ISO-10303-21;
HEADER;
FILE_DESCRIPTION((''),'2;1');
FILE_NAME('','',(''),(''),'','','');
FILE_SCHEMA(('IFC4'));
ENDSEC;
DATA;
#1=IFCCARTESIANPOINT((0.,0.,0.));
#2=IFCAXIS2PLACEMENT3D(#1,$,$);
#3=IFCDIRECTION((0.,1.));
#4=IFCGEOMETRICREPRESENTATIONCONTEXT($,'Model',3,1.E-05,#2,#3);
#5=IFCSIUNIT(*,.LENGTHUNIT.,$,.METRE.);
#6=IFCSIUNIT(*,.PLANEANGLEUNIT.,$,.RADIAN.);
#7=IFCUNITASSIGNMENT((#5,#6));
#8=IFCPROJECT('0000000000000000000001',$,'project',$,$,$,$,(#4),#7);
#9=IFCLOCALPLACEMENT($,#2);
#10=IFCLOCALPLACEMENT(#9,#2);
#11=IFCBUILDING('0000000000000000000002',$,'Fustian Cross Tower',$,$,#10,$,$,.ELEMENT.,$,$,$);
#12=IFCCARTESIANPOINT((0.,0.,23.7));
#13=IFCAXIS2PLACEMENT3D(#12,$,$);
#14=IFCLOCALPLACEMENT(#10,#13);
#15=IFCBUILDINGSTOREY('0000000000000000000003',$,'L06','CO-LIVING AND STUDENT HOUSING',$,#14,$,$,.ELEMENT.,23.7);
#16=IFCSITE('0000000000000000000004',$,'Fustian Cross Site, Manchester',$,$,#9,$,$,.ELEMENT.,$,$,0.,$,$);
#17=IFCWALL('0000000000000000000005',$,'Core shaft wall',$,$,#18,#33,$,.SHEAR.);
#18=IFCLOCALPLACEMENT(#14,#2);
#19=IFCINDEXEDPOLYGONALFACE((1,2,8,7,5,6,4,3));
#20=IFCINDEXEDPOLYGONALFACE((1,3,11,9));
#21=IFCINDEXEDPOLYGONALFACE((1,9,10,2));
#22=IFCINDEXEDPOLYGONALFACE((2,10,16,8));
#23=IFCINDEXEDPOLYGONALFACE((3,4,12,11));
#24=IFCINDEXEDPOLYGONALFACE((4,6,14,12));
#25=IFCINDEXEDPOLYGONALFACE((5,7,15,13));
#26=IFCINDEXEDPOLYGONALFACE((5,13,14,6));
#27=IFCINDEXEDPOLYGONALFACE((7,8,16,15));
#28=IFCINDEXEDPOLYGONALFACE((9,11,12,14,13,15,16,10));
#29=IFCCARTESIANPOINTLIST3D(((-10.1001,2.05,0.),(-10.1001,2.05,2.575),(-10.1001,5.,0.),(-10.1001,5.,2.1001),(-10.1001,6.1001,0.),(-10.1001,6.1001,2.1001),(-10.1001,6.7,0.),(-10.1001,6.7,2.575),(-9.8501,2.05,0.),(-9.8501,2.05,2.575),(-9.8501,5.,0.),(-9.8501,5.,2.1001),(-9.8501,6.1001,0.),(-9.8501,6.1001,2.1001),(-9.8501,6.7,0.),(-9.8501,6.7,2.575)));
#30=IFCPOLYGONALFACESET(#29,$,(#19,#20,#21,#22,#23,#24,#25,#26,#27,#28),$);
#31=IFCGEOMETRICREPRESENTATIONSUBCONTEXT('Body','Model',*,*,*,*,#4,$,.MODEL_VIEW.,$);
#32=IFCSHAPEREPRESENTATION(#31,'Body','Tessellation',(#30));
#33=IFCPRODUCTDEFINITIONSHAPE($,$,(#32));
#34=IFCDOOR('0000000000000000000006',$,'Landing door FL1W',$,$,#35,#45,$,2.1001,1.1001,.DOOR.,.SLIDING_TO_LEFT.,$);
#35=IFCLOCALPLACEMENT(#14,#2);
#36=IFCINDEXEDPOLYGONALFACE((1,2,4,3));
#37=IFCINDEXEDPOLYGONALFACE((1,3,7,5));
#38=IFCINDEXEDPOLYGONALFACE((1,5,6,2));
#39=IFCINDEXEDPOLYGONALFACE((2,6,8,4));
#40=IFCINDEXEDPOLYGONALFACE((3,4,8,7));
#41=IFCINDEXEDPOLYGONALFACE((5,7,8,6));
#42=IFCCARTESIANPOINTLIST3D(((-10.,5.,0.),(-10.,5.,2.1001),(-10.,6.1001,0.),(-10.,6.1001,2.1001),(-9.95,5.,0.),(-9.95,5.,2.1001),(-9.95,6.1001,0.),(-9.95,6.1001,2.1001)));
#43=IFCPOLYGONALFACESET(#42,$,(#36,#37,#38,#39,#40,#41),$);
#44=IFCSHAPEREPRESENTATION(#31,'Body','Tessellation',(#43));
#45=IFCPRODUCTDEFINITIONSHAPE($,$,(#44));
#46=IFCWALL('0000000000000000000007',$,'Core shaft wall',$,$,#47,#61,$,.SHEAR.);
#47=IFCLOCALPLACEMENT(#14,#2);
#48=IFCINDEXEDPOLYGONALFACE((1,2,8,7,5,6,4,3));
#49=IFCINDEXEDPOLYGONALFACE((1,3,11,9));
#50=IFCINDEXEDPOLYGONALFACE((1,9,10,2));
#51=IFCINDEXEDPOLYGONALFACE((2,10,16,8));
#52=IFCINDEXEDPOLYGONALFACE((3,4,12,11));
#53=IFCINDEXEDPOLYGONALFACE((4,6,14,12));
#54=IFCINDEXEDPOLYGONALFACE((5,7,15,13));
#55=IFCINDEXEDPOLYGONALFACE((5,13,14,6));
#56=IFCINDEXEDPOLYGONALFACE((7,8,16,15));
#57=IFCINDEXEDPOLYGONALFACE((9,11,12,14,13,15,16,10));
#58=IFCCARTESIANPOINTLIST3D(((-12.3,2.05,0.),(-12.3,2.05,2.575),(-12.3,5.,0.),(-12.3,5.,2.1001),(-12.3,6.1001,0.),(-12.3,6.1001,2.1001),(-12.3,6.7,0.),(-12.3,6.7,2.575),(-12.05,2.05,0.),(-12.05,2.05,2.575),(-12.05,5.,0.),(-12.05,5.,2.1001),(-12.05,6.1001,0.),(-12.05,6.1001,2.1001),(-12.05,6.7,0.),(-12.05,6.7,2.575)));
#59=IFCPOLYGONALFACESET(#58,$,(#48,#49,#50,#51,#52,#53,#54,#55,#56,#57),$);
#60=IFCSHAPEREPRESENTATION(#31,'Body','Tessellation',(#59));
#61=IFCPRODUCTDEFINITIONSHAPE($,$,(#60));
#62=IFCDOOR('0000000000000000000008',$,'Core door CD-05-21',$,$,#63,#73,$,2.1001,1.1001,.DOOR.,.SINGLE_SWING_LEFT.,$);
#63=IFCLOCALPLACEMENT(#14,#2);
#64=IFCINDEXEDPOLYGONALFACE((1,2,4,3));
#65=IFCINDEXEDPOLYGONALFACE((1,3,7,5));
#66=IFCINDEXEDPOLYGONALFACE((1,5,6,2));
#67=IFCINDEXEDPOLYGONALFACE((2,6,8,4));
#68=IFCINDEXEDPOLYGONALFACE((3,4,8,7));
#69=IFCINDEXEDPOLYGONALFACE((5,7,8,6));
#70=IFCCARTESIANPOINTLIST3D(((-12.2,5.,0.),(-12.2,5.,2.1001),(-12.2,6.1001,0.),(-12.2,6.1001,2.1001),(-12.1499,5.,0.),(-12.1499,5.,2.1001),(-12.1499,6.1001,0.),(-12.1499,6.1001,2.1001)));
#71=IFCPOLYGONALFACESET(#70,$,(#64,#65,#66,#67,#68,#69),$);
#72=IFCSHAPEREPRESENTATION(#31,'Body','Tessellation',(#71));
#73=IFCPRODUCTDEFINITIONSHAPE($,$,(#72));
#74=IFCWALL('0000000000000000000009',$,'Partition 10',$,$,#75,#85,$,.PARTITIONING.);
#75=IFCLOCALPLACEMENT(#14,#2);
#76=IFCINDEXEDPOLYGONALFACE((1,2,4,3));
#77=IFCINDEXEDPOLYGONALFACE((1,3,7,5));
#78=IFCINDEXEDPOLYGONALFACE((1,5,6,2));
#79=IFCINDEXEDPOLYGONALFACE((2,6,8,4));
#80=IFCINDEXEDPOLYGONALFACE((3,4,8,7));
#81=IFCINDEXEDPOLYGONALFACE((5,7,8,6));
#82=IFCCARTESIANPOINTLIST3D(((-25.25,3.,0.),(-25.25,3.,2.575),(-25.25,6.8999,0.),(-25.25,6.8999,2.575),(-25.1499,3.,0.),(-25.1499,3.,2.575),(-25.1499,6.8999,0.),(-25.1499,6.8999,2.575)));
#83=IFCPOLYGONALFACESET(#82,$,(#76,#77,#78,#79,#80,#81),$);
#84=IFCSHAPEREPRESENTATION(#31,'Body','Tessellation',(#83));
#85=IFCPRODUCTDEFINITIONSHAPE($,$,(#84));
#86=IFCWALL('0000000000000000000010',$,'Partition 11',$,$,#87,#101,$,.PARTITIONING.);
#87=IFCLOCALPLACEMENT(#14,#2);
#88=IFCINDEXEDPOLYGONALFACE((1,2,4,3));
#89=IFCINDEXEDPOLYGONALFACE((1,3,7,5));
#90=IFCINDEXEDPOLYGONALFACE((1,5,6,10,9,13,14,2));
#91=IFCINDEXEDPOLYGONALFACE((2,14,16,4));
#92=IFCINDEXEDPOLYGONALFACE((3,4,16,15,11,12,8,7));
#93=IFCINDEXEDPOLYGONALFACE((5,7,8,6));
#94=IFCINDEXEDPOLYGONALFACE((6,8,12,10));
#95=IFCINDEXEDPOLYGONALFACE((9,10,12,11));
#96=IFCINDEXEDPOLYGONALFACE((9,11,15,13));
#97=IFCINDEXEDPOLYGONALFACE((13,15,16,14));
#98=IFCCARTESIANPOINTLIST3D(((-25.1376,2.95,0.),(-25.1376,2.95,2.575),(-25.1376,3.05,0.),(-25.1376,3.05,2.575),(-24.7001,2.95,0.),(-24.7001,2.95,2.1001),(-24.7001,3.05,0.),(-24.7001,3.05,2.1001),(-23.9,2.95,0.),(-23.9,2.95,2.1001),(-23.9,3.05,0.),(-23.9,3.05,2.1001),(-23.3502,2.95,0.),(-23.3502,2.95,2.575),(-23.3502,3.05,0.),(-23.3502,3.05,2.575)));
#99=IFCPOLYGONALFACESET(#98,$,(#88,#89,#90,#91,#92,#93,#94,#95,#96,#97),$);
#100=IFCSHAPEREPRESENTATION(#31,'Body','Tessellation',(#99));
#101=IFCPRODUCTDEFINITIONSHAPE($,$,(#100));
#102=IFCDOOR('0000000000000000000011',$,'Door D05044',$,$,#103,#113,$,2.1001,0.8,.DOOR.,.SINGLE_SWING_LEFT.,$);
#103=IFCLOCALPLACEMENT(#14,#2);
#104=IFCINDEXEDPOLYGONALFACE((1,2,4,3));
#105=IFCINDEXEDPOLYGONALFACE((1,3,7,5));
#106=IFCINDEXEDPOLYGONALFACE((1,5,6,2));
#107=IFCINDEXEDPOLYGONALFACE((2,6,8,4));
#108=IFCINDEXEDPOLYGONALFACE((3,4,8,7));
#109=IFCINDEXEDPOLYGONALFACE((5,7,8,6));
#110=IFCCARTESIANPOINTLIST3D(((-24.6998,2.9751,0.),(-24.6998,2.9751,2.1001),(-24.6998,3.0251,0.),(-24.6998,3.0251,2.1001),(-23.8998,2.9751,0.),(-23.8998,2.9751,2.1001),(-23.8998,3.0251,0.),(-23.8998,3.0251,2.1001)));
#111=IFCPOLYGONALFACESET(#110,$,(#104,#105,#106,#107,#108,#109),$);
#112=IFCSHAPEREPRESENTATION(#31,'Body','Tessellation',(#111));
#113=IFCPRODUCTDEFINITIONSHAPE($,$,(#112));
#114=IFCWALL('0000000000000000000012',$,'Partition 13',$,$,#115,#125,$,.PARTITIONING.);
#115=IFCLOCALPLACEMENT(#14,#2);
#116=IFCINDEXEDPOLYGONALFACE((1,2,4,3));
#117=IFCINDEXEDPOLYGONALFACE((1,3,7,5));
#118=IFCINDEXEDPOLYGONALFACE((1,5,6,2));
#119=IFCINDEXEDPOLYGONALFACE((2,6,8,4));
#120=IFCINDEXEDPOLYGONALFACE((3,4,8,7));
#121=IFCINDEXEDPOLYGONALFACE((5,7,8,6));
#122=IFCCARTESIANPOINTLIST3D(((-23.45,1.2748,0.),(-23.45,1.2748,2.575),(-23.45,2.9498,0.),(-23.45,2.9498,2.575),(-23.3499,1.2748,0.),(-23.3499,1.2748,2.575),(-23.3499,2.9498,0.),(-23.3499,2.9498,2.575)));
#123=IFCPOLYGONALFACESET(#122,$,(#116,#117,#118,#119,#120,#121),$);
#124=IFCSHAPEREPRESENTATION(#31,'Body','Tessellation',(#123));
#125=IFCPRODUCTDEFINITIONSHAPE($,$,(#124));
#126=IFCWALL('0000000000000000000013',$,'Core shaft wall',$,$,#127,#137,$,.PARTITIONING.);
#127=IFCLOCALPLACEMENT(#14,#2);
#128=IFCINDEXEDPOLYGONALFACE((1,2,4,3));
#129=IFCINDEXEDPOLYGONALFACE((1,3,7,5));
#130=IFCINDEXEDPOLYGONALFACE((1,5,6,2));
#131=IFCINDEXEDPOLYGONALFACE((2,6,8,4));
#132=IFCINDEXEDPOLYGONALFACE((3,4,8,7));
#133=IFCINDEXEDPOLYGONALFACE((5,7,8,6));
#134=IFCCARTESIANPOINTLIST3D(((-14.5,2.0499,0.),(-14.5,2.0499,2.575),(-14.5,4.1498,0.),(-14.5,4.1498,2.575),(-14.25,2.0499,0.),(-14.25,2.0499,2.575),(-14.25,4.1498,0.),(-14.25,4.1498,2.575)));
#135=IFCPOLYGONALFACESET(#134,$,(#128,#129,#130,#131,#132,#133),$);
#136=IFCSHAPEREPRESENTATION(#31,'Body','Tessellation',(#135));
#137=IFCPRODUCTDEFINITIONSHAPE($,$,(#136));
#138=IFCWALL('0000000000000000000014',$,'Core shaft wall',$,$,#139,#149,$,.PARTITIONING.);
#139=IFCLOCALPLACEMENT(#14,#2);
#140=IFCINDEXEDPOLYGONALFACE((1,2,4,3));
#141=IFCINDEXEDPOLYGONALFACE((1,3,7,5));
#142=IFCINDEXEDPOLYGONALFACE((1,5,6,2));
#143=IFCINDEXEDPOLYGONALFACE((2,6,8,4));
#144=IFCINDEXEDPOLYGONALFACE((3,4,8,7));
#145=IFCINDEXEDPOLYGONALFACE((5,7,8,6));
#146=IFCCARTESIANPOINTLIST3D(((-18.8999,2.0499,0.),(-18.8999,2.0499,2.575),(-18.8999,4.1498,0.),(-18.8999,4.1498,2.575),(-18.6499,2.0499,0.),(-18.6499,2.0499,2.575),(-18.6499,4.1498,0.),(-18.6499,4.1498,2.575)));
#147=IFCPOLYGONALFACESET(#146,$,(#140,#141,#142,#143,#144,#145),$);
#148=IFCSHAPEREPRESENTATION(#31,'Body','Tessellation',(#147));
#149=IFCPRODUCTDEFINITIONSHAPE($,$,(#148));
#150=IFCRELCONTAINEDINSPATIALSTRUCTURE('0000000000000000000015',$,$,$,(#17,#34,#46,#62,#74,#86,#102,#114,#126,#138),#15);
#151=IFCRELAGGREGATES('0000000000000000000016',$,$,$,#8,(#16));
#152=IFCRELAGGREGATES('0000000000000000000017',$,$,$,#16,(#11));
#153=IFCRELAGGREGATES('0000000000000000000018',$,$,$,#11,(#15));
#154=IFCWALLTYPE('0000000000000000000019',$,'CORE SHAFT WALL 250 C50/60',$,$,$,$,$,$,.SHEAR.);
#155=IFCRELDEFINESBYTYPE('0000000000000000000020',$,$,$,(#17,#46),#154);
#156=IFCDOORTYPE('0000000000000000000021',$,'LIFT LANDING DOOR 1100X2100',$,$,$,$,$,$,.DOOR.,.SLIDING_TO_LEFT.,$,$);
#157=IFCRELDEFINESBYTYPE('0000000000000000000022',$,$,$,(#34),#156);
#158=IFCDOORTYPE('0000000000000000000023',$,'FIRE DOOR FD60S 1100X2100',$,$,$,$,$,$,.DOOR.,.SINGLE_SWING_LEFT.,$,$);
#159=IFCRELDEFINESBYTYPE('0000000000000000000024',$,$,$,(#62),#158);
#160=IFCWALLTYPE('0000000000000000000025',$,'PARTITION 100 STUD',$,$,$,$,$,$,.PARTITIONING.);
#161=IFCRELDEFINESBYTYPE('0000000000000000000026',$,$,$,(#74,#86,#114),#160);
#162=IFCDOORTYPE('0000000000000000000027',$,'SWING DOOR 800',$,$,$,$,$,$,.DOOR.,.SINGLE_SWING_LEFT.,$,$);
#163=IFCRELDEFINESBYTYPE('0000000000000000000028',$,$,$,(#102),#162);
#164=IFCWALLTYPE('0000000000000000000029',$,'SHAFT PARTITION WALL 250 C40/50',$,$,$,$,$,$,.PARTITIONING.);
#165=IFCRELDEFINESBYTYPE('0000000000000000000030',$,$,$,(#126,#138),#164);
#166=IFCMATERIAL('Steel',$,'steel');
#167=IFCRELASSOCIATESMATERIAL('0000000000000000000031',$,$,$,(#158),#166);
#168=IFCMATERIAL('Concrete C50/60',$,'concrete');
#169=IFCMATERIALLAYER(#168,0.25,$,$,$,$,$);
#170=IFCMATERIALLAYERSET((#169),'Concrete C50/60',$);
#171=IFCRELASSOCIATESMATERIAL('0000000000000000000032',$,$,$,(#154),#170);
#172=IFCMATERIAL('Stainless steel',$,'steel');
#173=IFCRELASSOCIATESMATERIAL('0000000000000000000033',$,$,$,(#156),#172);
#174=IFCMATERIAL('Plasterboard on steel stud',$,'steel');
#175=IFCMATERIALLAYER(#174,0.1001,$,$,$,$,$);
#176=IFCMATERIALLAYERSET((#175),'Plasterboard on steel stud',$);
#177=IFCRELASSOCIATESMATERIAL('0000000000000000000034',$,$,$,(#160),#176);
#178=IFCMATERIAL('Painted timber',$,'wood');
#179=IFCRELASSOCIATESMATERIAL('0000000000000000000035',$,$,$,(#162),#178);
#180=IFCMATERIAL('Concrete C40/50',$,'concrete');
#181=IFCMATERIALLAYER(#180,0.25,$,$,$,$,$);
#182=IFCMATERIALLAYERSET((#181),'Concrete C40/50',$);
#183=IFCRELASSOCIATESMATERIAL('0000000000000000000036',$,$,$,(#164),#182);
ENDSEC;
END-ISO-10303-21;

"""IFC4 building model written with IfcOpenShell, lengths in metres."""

from ifc_helpers import new_model, si_unit, direction, frame, frame_2d, origin, place, context, subcontext, project, spatial, rectangle, extrude, material, layer, layer_set, type_object, element, fill, save


model = new_model("IFC4")

# Units and contexts
model_context = context("Model", 3, precision=1e-05, world=origin(), true_north=direction((0.0, 1.0)))
body_context = subcontext(model_context, "Body", "Model", "MODEL_VIEW")
ifc_project = project(units=[si_unit("LENGTHUNIT", "METRE"), si_unit("PLANEANGLEUNIT", "RADIAN")], contexts=[model_context])

# Site, building, storey
site_placement = place(None, origin())
site = spatial("IfcSite", under=ifc_project, at=site_placement, Name="Fustian Cross Site, Manchester", CompositionType="ELEMENT", RefElevation=0.0)
building_placement = place(site_placement, origin())
building = spatial("IfcBuilding", under=site, at=building_placement, Name="Fustian Cross Tower", CompositionType="ELEMENT")
storey_placement = place(building_placement, frame((0.0, 0.0, 23.7)))
storey = spatial("IfcBuildingStorey", under=building, at=storey_placement, Name="L06", Description="CO-LIVING AND STUDENT HOUSING", CompositionType="ELEMENT", Elevation=23.7)

# Shared definitions
ifc_material_1 = material(Name="Steel", Category="steel")
door_type_1 = type_object("IfcDoorType", Name="FIRE DOOR FD60S 1100X2100", OperationType="SINGLE_SWING_LEFT", PredefinedType="DOOR", material=ifc_material_1)

# Shared definitions
ifc_material_2 = material(Name="Concrete C50/60", Category="concrete")
ifc_layer_1 = layer(ifc_material_2, 0.25)
ifc_layer_set_1 = layer_set([ifc_layer_1], Name="Concrete C50/60")
wall_type_1 = type_object("IfcWallType", Name="CORE SHAFT WALL 250 C50/60", PredefinedType="SHEAR", material=ifc_layer_set_1)

# Walls, openings, doors
wall_1_placement = place(storey_placement, frame((-9.9751, 2.05, 0.0), z_axis=(0.0, 0.0, 1.0), x_axis=(0.0, 1.0, 0.0)))
wall_1 = element("IfcWall", 1, at=wall_1_placement, inside=storey, type_object=wall_type_1, Name="Core shaft wall", PredefinedType="SHEAR", context=body_context, shape_type="SweptSolid", body=[
    extrude(rectangle(XDim=4.6499, YDim=0.25, at=frame_2d((2.325, 0.0))), origin(), (0.0, 0.0, 1.0), 2.575),
])
opening_1_placement = place(wall_1_placement, frame((2.95, 0.0, 0.0)))
opening_1 = element("IfcOpeningElement", 2, at=opening_1_placement, cuts=wall_1, PredefinedType="OPENING", context=body_context, shape_type="SweptSolid", body=[
    extrude(rectangle(XDim=1.1001, YDim=2.1001, at=frame_2d((0.55, 1.05))), frame((0.0, 0.135, 0.0), z_axis=(0.0, -1.0, 0.0), x_axis=(1.0, 0.0, 0.0)), (0.0, 0.0, 1.0), 0.27),
])
ifc_material_3 = material(Name="Stainless steel", Category="steel")
door_type_2 = type_object("IfcDoorType", Name="LIFT LANDING DOOR 1100X2100", OperationType="SLIDING_TO_LEFT", PredefinedType="DOOR", material=ifc_material_3)
door_1_placement = place(opening_1_placement, origin())
door_1 = element("IfcDoor", 3, at=door_1_placement, inside=storey, type_object=door_type_2, Name="Landing door FL1W", OperationType="SLIDING_TO_LEFT", OverallHeight=2.1001, OverallWidth=1.1001, PredefinedType="DOOR", context=body_context, shape_type="SweptSolid", body=[
    extrude(rectangle(XDim=1.1001, YDim=2.1001, at=frame_2d((0.55, 1.05))), frame((0.0, 0.0249, 0.0), z_axis=(0.0, -1.0, 0.0), x_axis=(1.0, 0.0, 0.0)), (0.0, 0.0, 1.0), 0.05),
])
fill(opening_1, door_1)
wall_2_placement = place(storey_placement, frame((-12.175, 2.05, 0.0), z_axis=(0.0, 0.0, 1.0), x_axis=(0.0, 1.0, 0.0)))
wall_2 = element("IfcWall", 4, at=wall_2_placement, inside=storey, type_object=wall_type_1, Name="Core shaft wall", PredefinedType="SHEAR", context=body_context, shape_type="SweptSolid", body=[
    extrude(rectangle(XDim=4.6499, YDim=0.25, at=frame_2d((2.325, 0.0))), origin(), (0.0, 0.0, 1.0), 2.575),
])
opening_2_placement = place(wall_2_placement, frame((2.95, 0.0, 0.0)))
opening_2 = element("IfcOpeningElement", 5, at=opening_2_placement, cuts=wall_2, PredefinedType="OPENING", context=body_context, shape_type="SweptSolid", body=[
    extrude(rectangle(XDim=1.1001, YDim=2.1001, at=frame_2d((0.55, 1.05))), frame((0.0, 0.135, 0.0), z_axis=(0.0, -1.0, 0.0), x_axis=(1.0, 0.0, 0.0)), (0.0, 0.0, 1.0), 0.27),
])
door_2_placement = place(opening_2_placement, origin())
door_2 = element("IfcDoor", 6, at=door_2_placement, inside=storey, type_object=door_type_1, Name="Core door CD-05-21", OperationType="SINGLE_SWING_LEFT", OverallHeight=2.1001, OverallWidth=1.1001, PredefinedType="DOOR", context=body_context, shape_type="SweptSolid", body=[
    extrude(rectangle(XDim=1.1001, YDim=2.1001, at=frame_2d((0.55, 1.05))), frame((0.0, 0.0249, 0.0), z_axis=(0.0, -1.0, 0.0), x_axis=(1.0, 0.0, 0.0)), (0.0, 0.0, 1.0), 0.05),
])
fill(opening_2, door_2)

# Wall
ifc_material_4 = material(Name="Plasterboard on steel stud", Category="steel")
ifc_layer_2 = layer(ifc_material_4, 0.1001)
ifc_layer_set_2 = layer_set([ifc_layer_2], Name="Plasterboard on steel stud")
wall_type_2 = type_object("IfcWallType", Name="PARTITION 100 STUD", PredefinedType="PARTITIONING", material=ifc_layer_set_2)
wall_3_placement = place(storey_placement, frame((-25.2, 3.0, 0.0), z_axis=(0.0, 0.0, 1.0), x_axis=(0.0, 1.0, 0.0)))
element("IfcWall", 7, at=wall_3_placement, inside=storey, type_object=wall_type_2, Name="Partition 10", PredefinedType="PARTITIONING", context=body_context, shape_type="SweptSolid", body=[
    extrude(rectangle(XDim=3.8999, YDim=0.1001, at=frame_2d((1.95, 0.0))), origin(), (0.0, 0.0, 1.0), 2.575),
])

# Wall, opening, door
wall_4_placement = place(storey_placement, frame((-25.1375, 3.0, 0.0), z_axis=(0.0, 0.0, 1.0), x_axis=(1.0, 0.0, 0.0)))
wall_4 = element("IfcWall", 8, at=wall_4_placement, inside=storey, type_object=wall_type_2, Name="Partition 11", PredefinedType="PARTITIONING", context=body_context, shape_type="SweptSolid", body=[
    extrude(rectangle(XDim=1.7874, YDim=0.1001, at=frame_2d((0.8936, 0.0))), origin(), (0.0, 0.0, 1.0), 2.575),
])
opening_3_placement = place(wall_4_placement, frame((0.4375, 0.0, 0.0)))
opening_3 = element("IfcOpeningElement", 9, at=opening_3_placement, cuts=wall_4, PredefinedType="OPENING", context=body_context, shape_type="SweptSolid", body=[
    extrude(rectangle(XDim=0.8, YDim=2.1001, at=frame_2d((0.3999, 1.05))), frame((0.0, 0.0601, 0.0), z_axis=(0.0, -1.0, 0.0), x_axis=(1.0, 0.0, 0.0)), (0.0, 0.0, 1.0), 0.1201),
])
ifc_material_5 = material(Name="Painted timber", Category="wood")
door_type_3 = type_object("IfcDoorType", Name="SWING DOOR 800", OperationType="SINGLE_SWING_LEFT", PredefinedType="DOOR", material=ifc_material_5)
door_3_placement = place(opening_3_placement, frame((0.8, 0.0, 0.0), z_axis=(0.0, 0.0, 1.0), x_axis=(-1.0, 0.0, 0.0)))
door_3 = element("IfcDoor", 10, at=door_3_placement, inside=storey, type_object=door_type_3, Name="Door D05044", OperationType="SINGLE_SWING_LEFT", OverallHeight=2.1001, OverallWidth=0.8, PredefinedType="DOOR", context=body_context, shape_type="SweptSolid", body=[
    extrude(rectangle(XDim=0.8, YDim=2.1001, at=frame_2d((0.3999, 1.05))), frame((0.0, 0.0249, 0.0), z_axis=(0.0, -1.0, 0.0), x_axis=(1.0, 0.0, 0.0)), (0.0, 0.0, 1.0), 0.05),
])
fill(opening_3, door_3)

# Walls
wall_5_placement = place(storey_placement, frame((-23.3999, 1.2749, 0.0), z_axis=(0.0, 0.0, 1.0), x_axis=(0.0, 1.0, 0.0)))
element("IfcWall", 11, at=wall_5_placement, inside=storey, type_object=wall_type_2, Name="Partition 13", PredefinedType="PARTITIONING", context=body_context, shape_type="SweptSolid", body=[
    extrude(rectangle(XDim=1.675, YDim=0.1001, at=frame_2d((0.8374, 0.0))), origin(), (0.0, 0.0, 1.0), 2.575),
])
ifc_material_6 = material(Name="Concrete C40/50", Category="concrete")
ifc_layer_3 = layer(ifc_material_6, 0.25)
ifc_layer_set_3 = layer_set([ifc_layer_3], Name="Concrete C40/50")
wall_type_3 = type_object("IfcWallType", Name="SHAFT PARTITION WALL 250 C40/50", PredefinedType="PARTITIONING", material=ifc_layer_set_3)
for number, where, z_axis, x_axis, name in (
    (12, (-14.375, 2.05, 0.0), (0.0, 0.0, 1.0), (0.0, 1.0, 0.0), "Core shaft wall"),
    (13, (-18.7749, 2.05, 0.0), (0.0, 0.0, 1.0), (0.0, 1.0, 0.0), "Core shaft wall"),
):
    element("IfcWall", number, at=place(storey_placement, frame(where, z_axis=z_axis, x_axis=x_axis)), inside=storey, type_object=wall_type_3, Name=name, PredefinedType="PARTITIONING", context=body_context, shape_type="SweptSolid", body=[
        extrude(rectangle(XDim=2.0999, YDim=0.25, at=frame_2d((1.0498, 0.0))), origin(), (0.0, 0.0, 1.0), 2.575),
    ])

save(model, "model.ifc")
